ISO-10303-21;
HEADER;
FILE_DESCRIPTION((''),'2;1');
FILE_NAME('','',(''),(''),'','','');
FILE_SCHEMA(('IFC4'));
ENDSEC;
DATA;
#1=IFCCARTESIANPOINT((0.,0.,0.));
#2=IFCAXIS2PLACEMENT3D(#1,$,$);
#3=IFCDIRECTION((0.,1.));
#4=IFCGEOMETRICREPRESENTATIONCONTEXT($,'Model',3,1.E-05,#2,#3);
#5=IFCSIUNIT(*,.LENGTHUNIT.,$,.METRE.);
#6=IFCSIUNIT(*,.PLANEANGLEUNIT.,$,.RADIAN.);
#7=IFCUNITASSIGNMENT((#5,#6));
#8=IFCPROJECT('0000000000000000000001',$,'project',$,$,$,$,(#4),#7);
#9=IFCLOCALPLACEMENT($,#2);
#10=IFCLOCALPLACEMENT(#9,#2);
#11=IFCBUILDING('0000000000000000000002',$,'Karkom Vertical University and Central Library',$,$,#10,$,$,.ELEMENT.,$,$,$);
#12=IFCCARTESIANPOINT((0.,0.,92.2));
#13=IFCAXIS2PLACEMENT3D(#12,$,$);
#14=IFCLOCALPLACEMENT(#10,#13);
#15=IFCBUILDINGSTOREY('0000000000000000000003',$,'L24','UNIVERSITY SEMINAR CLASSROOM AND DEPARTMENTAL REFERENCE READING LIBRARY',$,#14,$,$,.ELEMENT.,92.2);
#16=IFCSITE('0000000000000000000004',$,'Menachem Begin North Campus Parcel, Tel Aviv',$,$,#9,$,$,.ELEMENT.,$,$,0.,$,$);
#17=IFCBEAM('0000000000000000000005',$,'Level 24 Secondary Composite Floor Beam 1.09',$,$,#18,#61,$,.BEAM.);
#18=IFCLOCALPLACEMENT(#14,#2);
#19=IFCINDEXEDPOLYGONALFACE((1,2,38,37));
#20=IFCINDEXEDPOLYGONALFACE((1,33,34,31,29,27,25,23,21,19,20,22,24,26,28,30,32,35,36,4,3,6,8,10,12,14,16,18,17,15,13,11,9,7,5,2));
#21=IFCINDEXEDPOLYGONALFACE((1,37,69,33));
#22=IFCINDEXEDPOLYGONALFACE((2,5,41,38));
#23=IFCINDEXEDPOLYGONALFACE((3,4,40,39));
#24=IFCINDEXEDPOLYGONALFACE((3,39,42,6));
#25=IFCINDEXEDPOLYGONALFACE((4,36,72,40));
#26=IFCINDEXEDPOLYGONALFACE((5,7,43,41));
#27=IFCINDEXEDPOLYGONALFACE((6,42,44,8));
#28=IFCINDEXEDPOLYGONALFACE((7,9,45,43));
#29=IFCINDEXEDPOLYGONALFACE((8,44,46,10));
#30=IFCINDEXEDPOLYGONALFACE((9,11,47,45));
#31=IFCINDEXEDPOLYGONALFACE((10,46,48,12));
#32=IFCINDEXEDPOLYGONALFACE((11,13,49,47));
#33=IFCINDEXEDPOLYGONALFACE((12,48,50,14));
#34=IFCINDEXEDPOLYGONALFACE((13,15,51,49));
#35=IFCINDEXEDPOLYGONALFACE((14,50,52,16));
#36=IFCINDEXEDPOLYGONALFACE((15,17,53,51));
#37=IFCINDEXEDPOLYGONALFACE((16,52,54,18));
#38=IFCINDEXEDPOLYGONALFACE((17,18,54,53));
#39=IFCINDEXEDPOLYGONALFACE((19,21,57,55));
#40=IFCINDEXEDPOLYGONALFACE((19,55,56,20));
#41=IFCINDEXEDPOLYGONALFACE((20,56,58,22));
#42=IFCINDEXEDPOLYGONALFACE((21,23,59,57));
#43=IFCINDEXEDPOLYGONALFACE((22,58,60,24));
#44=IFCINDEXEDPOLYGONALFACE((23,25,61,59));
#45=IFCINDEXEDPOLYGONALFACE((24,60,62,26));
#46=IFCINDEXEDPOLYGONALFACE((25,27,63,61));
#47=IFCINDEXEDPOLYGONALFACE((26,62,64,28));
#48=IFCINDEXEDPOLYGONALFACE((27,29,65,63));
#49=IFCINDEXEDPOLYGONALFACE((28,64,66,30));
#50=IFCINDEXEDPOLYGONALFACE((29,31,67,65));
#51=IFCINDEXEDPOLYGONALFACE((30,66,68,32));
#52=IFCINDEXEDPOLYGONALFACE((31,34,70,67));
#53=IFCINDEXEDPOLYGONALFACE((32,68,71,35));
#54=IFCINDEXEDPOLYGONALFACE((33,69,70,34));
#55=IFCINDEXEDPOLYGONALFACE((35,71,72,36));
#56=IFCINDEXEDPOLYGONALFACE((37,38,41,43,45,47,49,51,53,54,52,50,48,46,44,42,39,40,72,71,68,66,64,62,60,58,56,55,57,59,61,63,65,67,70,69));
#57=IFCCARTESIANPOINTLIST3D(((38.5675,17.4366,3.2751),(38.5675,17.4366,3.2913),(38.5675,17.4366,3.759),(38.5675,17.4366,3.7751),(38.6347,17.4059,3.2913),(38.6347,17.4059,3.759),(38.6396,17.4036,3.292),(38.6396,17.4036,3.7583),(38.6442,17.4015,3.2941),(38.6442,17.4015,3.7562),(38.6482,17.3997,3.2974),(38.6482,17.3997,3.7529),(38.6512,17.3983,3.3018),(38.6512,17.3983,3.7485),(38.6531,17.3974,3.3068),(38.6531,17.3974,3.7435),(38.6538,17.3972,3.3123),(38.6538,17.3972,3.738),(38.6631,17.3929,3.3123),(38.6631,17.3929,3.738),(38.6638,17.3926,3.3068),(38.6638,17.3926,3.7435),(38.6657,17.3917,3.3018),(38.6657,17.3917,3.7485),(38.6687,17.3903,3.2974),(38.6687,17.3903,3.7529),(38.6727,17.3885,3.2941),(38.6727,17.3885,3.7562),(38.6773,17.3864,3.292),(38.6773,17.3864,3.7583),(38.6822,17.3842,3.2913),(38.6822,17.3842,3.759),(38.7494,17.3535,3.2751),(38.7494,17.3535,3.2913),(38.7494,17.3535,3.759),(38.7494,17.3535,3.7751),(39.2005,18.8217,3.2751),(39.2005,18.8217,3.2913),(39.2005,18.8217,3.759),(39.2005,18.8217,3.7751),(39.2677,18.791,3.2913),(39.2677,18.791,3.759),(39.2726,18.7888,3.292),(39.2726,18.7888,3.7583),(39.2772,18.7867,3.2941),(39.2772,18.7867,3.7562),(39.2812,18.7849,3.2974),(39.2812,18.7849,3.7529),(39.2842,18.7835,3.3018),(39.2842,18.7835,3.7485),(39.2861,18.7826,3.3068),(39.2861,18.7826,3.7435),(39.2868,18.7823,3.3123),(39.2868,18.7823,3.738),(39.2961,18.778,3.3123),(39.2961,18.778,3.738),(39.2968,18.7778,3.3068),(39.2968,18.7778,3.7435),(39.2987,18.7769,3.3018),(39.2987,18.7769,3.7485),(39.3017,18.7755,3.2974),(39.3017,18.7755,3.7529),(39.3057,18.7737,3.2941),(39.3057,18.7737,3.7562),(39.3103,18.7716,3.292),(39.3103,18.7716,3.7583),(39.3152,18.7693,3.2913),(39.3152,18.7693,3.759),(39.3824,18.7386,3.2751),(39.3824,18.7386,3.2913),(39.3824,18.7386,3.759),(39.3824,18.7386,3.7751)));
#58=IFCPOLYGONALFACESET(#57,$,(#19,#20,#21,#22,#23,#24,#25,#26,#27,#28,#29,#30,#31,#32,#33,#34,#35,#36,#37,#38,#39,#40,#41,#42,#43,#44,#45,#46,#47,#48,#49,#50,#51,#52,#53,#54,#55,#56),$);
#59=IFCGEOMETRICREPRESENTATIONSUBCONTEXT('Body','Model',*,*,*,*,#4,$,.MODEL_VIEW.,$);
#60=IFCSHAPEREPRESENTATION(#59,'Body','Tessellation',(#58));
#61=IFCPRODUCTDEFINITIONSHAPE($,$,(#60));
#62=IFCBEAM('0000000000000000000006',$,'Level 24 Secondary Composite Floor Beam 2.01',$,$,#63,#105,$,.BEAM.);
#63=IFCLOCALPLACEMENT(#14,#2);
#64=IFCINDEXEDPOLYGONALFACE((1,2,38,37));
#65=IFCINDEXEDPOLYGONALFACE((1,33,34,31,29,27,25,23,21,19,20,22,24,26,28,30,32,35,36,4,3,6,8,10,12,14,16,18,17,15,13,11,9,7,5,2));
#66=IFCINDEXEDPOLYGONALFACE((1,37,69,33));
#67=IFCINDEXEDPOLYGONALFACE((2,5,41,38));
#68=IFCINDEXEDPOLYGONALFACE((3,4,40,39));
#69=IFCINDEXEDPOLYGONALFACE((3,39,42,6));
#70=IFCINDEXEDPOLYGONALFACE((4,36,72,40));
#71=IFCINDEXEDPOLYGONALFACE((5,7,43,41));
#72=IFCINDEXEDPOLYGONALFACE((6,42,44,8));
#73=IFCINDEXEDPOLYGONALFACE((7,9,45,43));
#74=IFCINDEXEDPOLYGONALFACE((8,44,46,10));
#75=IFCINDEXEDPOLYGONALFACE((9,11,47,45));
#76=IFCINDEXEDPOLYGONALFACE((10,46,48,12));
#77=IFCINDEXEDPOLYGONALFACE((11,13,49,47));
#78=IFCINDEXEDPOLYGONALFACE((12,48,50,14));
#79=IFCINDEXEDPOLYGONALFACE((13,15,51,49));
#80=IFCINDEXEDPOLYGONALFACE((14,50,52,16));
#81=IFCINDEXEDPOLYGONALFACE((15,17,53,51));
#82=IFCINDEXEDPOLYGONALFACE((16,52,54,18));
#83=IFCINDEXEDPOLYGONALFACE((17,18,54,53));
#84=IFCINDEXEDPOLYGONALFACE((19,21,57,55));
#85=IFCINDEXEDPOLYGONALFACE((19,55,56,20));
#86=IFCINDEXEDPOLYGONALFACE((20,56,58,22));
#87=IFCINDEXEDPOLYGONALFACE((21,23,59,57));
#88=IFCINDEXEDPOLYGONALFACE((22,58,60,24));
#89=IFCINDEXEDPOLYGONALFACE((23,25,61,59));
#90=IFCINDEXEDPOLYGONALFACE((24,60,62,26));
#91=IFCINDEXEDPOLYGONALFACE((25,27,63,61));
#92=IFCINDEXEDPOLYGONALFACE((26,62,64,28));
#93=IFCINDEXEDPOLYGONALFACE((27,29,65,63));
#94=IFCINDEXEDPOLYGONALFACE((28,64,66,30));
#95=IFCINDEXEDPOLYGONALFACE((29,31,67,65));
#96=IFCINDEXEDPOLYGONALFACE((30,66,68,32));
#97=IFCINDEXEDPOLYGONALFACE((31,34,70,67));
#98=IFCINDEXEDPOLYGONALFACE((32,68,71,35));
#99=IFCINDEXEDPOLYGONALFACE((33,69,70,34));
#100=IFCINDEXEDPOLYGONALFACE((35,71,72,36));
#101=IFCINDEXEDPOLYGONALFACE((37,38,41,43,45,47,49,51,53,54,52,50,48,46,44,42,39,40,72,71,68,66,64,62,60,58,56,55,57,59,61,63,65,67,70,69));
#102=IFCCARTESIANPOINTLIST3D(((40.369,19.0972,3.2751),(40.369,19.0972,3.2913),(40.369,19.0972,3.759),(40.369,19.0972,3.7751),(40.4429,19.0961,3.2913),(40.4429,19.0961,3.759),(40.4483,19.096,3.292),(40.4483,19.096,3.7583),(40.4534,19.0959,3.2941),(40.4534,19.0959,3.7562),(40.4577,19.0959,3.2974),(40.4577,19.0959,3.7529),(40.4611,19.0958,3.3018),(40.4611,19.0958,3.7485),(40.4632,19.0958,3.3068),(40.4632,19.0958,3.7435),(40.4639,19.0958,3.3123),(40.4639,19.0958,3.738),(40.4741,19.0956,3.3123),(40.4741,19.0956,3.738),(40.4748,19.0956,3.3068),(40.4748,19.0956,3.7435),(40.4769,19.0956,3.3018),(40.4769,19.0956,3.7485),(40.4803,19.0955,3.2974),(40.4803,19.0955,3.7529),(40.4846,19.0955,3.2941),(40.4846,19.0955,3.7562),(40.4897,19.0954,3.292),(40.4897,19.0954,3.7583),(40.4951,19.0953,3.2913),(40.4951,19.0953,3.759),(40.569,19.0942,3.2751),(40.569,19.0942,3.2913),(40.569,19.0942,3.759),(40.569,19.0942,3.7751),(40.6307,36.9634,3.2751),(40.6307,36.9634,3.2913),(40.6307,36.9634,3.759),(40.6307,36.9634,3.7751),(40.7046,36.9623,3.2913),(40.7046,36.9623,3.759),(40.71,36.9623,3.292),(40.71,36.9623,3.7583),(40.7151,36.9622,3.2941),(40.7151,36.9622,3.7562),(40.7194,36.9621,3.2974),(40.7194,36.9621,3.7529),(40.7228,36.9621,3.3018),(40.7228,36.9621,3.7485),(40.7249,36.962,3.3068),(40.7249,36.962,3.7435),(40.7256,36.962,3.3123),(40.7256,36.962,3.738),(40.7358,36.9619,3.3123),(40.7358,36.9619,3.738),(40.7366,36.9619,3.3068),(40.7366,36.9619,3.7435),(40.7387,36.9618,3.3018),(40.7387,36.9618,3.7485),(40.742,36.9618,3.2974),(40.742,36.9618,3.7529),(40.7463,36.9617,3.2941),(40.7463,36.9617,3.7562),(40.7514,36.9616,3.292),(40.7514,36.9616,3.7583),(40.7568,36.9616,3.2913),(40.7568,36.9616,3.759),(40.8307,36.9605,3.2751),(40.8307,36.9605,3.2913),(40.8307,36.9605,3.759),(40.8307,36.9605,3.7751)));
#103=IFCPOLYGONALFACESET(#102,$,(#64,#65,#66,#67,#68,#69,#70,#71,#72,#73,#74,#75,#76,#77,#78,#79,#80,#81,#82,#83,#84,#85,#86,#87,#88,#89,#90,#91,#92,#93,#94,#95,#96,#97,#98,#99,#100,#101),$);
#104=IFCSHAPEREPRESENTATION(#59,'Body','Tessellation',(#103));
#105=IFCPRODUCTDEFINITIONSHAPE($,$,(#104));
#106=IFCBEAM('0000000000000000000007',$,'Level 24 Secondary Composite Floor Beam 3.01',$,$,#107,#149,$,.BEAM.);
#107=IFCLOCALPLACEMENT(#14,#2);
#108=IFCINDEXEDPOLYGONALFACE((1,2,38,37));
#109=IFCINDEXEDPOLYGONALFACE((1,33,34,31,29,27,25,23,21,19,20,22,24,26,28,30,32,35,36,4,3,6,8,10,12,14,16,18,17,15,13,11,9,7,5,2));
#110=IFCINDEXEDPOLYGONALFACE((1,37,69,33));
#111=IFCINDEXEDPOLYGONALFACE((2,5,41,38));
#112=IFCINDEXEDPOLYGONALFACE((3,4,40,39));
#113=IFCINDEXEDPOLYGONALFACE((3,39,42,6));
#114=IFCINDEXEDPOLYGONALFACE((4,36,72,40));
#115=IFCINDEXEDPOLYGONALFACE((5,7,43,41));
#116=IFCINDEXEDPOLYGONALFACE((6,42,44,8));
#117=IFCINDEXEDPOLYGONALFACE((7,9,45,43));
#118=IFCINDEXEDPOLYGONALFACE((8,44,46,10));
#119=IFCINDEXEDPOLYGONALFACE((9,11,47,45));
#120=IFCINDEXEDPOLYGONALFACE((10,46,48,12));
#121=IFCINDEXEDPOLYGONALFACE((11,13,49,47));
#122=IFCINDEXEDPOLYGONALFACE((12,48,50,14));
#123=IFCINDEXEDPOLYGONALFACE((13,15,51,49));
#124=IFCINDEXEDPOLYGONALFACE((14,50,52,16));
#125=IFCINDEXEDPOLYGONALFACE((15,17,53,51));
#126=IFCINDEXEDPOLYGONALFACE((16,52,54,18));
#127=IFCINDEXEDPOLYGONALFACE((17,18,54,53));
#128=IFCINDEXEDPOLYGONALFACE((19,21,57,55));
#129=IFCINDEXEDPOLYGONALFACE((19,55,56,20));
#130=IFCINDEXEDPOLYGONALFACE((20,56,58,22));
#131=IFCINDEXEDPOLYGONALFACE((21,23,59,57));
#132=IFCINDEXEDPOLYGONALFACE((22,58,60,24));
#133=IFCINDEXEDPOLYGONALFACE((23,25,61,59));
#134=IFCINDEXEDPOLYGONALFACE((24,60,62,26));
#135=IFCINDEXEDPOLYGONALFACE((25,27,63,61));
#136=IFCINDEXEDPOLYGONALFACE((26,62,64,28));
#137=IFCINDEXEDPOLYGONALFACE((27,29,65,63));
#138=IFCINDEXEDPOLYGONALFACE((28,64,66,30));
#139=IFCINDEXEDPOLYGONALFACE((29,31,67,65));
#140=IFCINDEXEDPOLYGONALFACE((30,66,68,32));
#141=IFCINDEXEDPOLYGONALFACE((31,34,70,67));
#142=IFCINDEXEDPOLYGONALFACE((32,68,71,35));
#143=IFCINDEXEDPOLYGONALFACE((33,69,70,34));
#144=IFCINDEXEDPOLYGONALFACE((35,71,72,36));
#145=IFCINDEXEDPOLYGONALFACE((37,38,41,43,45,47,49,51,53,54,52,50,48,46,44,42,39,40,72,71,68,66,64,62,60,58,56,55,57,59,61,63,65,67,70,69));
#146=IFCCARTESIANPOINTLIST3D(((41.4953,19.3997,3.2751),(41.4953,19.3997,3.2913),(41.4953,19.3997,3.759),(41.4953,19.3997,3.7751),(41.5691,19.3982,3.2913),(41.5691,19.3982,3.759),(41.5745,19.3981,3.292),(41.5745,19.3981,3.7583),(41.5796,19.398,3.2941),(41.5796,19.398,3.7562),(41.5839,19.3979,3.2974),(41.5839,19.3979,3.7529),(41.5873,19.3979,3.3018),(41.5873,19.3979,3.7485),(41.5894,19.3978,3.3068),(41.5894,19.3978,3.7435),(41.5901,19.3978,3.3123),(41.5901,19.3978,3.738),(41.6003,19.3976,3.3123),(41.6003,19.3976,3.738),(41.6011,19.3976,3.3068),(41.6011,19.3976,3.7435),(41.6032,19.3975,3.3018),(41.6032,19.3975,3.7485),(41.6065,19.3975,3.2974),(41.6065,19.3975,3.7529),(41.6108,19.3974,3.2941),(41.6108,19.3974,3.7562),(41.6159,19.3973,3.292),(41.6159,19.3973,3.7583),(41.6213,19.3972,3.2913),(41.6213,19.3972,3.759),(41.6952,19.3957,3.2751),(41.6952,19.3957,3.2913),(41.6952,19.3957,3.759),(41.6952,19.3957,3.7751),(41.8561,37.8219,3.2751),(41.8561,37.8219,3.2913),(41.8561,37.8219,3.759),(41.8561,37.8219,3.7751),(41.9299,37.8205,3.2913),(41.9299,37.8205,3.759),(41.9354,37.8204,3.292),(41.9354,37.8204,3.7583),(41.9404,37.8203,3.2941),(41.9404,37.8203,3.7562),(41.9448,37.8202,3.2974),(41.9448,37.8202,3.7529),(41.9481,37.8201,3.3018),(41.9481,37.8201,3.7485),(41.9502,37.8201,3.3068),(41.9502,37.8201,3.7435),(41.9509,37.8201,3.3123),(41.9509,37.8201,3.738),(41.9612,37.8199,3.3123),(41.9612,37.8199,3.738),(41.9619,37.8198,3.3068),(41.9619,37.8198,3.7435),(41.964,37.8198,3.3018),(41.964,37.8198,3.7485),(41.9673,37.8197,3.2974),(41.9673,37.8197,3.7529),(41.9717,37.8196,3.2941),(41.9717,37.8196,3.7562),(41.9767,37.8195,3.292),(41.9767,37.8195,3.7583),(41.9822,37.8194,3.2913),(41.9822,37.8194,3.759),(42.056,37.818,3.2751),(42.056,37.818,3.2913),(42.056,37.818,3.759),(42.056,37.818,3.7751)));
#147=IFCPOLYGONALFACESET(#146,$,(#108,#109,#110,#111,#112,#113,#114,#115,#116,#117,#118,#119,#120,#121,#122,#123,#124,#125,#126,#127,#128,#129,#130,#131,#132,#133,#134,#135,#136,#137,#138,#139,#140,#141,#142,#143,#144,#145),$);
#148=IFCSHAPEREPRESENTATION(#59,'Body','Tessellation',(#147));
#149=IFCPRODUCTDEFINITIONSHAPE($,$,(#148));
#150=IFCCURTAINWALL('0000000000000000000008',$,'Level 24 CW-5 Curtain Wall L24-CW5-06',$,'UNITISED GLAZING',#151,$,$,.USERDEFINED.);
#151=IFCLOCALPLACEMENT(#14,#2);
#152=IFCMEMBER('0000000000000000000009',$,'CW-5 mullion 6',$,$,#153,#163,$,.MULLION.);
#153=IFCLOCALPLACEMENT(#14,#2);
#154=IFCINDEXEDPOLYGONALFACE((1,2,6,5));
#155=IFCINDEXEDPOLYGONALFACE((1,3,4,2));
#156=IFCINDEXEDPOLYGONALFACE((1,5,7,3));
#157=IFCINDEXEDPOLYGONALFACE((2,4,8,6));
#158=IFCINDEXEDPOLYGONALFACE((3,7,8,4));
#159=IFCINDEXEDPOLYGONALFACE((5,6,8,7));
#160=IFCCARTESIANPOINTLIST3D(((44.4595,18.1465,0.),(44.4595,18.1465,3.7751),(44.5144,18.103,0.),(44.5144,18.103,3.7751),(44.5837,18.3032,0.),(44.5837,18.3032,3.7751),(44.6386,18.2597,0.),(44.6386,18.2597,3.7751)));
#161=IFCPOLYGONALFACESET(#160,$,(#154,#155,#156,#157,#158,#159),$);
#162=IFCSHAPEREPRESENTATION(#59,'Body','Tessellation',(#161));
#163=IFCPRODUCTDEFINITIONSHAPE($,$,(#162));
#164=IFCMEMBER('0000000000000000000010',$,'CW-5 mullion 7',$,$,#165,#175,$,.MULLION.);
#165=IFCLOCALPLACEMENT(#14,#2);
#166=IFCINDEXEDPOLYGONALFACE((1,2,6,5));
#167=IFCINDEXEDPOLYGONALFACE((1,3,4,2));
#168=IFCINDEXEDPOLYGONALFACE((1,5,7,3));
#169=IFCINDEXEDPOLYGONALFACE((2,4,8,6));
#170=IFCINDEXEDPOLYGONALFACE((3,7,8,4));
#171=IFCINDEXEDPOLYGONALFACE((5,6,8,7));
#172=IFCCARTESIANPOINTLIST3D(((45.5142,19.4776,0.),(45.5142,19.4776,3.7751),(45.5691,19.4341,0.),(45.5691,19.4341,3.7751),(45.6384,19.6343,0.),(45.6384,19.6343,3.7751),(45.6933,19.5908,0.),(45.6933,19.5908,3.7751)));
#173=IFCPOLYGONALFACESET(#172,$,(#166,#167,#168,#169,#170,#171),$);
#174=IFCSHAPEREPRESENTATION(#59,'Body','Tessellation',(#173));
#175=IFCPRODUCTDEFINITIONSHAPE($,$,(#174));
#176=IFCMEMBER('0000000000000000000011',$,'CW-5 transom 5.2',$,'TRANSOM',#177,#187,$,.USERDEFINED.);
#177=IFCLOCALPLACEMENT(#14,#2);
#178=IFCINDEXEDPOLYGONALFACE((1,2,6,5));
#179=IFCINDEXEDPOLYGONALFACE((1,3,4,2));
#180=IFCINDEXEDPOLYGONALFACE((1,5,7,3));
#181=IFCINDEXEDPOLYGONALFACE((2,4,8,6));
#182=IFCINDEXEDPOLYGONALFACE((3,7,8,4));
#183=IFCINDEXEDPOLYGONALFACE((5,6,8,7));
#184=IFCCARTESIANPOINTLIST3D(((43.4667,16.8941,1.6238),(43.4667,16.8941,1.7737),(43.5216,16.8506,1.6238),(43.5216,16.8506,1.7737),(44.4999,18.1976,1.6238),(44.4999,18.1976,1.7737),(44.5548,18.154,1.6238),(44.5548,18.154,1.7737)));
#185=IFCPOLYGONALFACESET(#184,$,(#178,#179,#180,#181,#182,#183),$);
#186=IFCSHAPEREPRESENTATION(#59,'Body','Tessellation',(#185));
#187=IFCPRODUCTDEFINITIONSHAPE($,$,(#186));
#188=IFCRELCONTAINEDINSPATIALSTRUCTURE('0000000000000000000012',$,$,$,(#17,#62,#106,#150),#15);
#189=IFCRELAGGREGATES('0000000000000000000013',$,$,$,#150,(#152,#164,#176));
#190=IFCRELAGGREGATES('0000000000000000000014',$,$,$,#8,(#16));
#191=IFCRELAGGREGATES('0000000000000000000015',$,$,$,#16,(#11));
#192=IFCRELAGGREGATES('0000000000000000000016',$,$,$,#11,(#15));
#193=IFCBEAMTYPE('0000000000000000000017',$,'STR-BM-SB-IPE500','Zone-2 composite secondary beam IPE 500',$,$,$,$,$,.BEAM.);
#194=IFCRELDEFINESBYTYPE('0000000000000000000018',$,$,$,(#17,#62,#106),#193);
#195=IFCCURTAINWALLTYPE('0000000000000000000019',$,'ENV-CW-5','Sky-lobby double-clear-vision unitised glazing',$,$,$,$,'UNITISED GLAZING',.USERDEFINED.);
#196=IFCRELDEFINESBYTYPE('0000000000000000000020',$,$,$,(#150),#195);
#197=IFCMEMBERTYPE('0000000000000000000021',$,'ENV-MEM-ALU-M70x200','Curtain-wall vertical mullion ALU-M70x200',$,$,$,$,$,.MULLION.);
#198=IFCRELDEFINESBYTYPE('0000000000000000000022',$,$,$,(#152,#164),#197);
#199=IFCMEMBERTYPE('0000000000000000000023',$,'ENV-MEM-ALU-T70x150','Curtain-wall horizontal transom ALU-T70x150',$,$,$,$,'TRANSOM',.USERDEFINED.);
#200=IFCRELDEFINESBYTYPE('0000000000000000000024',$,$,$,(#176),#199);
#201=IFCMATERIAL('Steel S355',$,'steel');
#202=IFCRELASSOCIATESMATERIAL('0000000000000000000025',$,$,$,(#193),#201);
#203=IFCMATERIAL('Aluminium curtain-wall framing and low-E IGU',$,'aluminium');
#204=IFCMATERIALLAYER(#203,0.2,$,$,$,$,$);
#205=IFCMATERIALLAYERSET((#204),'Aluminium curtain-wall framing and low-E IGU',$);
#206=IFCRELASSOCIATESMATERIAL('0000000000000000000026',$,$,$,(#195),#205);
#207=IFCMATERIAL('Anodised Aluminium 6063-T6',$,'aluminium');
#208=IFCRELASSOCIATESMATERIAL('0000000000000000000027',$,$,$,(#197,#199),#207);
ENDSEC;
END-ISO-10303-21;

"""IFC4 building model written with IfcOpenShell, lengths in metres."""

from ifc_helpers import new_model, si_unit, direction, frame, origin, origin_with_axes, origin_2d, place, context, subcontext, project, spatial, rectangle, i_section, extrude, source, transform, mapped, material, layer, layer_set, material_profile, profile_set, type_object, element, aggregate, save


model = new_model("IFC4")

# Units and contexts
model_context = context("Model", 3, precision=1e-05, world=origin(), true_north=direction((0.0, 1.0)))
body_context = subcontext(model_context, "Body", "Model", "MODEL_VIEW")
ifc_project = project(units=[si_unit("LENGTHUNIT", "METRE"), si_unit("PLANEANGLEUNIT", "RADIAN")], contexts=[model_context])

# Site, building, storey
site_placement = place(None, origin())
site = spatial("IfcSite", under=ifc_project, at=site_placement, Name="Menachem Begin North Campus Parcel, Tel Aviv", CompositionType="ELEMENT", RefElevation=0.0)
building_placement = place(site_placement, origin())
building = spatial("IfcBuilding", under=site, at=building_placement, Name="Karkom Vertical University and Central Library", CompositionType="ELEMENT")
storey_placement = place(building_placement, frame((0.0, 0.0, 92.2)))
storey = spatial("IfcBuildingStorey", under=building, at=storey_placement, Name="L24", Description="UNIVERSITY SEMINAR CLASSROOM AND DEPARTMENTAL REFERENCE READING LIBRARY", CompositionType="ELEMENT", Elevation=92.2)

# Beams
ifc_material_1 = material(Name="Steel S355", Category="steel")
ifc_material_profile_1 = material_profile(ifc_material_1, i_section(OverallWidth=0.2, OverallDepth=0.5, WebThickness=0.0103, FlangeThickness=0.0161, FilletRadius=0.021, at=origin_2d()), Name="IPE 500")
ifc_profile_set_1 = profile_set([ifc_material_profile_1], Name="Steel S355")
beam_type_1 = type_object("IfcBeamType", Name="STR-BM-SB-IPE500", Description="Zone-2 composite secondary beam IPE 500", PredefinedType="BEAM", material=ifc_profile_set_1)
shared_shape_1 = source(origin_with_axes(), body_context, "Body", "SweptSolid", [
    extrude(i_section(OverallWidth=0.2, OverallDepth=0.5, WebThickness=0.0103, FlangeThickness=0.0161, FilletRadius=0.021, at=origin_2d()), origin(), (0.0, 0.0, 1.0), 1.5229),
])
beam_1_placement = place(storey_placement, frame((38.6584, 17.395, 3.5251), z_axis=(0.41565, 0.909525, 0.0), x_axis=(-0.909525, 0.41565, 0.0)))
element("IfcBeam", 1, at=beam_1_placement, inside=storey, type_object=beam_type_1, Name="Level 24 Secondary Composite Floor Beam 1.09", PredefinedType="BEAM", context=body_context, shape_type="MappedRepresentation", body=[
    mapped(shared_shape_1, transform((0.0, 0.0, 0.0), scale=1.0)),
])
shared_shape_2 = source(origin_with_axes(), body_context, "Body", "SweptSolid", [
    extrude(i_section(OverallWidth=0.2, OverallDepth=0.5, WebThickness=0.0103, FlangeThickness=0.0161, FilletRadius=0.021, at=origin_2d()), origin(), (0.0, 0.0, 1.0), 17.8682),
])
beam_2_placement = place(storey_placement, frame((40.469, 19.0957, 3.5251), z_axis=(0.014647, 0.999893, 0.0), x_axis=(-0.999893, 0.014647, 0.0)))
element("IfcBeam", 2, at=beam_2_placement, inside=storey, type_object=beam_type_1, Name="Level 24 Secondary Composite Floor Beam 2.01", PredefinedType="BEAM", context=body_context, shape_type="MappedRepresentation", body=[
    mapped(shared_shape_2, transform((0.0, 0.0, 0.0), scale=1.0)),
])
shared_shape_3 = source(origin_with_axes(), body_context, "Body", "SweptSolid", [
    extrude(i_section(OverallWidth=0.2, OverallDepth=0.5, WebThickness=0.0103, FlangeThickness=0.0161, FilletRadius=0.021, at=origin_2d()), origin(), (0.0, 0.0, 1.0), 18.4258),
])
beam_3_placement = place(storey_placement, frame((41.5952, 19.3977, 3.5251), z_axis=(0.019583, 0.999808, 0.0), x_axis=(-0.999808, 0.019583, 0.0)))
element("IfcBeam", 3, at=beam_3_placement, inside=storey, type_object=beam_type_1, Name="Level 24 Secondary Composite Floor Beam 3.01", PredefinedType="BEAM", context=body_context, shape_type="MappedRepresentation", body=[
    mapped(shared_shape_3, transform((0.0, 0.0, 0.0), scale=1.0)),
])

# Curtain wall, members
ifc_material_2 = material(Name="Aluminium curtain-wall framing and low-E IGU", Category="aluminium")
ifc_layer_1 = layer(ifc_material_2, 0.2)
ifc_layer_set_1 = layer_set([ifc_layer_1], Name="Aluminium curtain-wall framing and low-E IGU")
curtain_wall_type = type_object("IfcCurtainWallType", Name="ENV-CW-5", Description="Sky-lobby double-clear-vision unitised glazing", ElementType="UNITISED GLAZING", PredefinedType="USERDEFINED", material=ifc_layer_set_1)
curtain_wall_placement = place(storey_placement, origin())
curtain_wall = element("IfcCurtainWall", 4, at=curtain_wall_placement, inside=storey, type_object=curtain_wall_type, Name="Level 24 CW-5 Curtain Wall L24-CW5-06", ObjectType="UNITISED GLAZING", PredefinedType="USERDEFINED")
ifc_material_3 = material(Name="Anodised Aluminium 6063-T6", Category="aluminium")
ifc_material_profile_2 = material_profile(ifc_material_3, rectangle(XDim=0.0701, YDim=0.2, at=origin_2d()), Name="ALU-M70x200")
ifc_profile_set_2 = profile_set([ifc_material_profile_2], Name="Anodised Aluminium 6063-T6")
member_type_1 = type_object("IfcMemberType", Name="ENV-MEM-ALU-M70x200", Description="Curtain-wall vertical mullion ALU-M70x200", PredefinedType="MULLION", material=ifc_profile_set_2)
shared_shape_4 = source(origin_with_axes(), body_context, "Body", "SweptSolid", [
    extrude(rectangle(XDim=0.0701, YDim=0.2, at=origin_2d()), origin(), (0.0, 0.0, 1.0), 3.7751),
])
member_1_placement = place(storey_placement, frame((44.5491, 18.2031, 0.0), z_axis=(0.0, 0.0, 1.0), x_axis=(-0.783696, 0.621145, 0.0)))
member_1 = element("IfcMember", 5, at=member_1_placement, type_object=member_type_1, Name="CW-5 mullion 6", PredefinedType="MULLION", context=body_context, shape_type="MappedRepresentation", body=[
    mapped(shared_shape_4, transform((0.0, 0.0, 0.0), scale=1.0)),
])
member_2_placement = place(storey_placement, frame((45.6038, 19.5342, 0.0), z_axis=(0.0, 0.0, 1.0), x_axis=(-0.783696, 0.621145, 0.0)))
member_2 = element("IfcMember", 6, at=member_2_placement, type_object=member_type_1, Name="CW-5 mullion 7", PredefinedType="MULLION", context=body_context, shape_type="MappedRepresentation", body=[
    mapped(shared_shape_4, transform((0.0, 0.0, 0.0), scale=1.0)),
])
ifc_material_profile_3 = material_profile(ifc_material_3, rectangle(XDim=0.0701, YDim=0.1499, at=origin_2d()), Name="ALU-T70x150")
ifc_profile_set_3 = profile_set([ifc_material_profile_3], Name="Anodised Aluminium 6063-T6")
member_type_2 = type_object("IfcMemberType", Name="ENV-MEM-ALU-T70x150", Description="Curtain-wall horizontal transom ALU-T70x150", ElementType="TRANSOM", PredefinedType="USERDEFINED", material=ifc_profile_set_3)
shared_shape_5 = source(origin_with_axes(), body_context, "Body", "SweptSolid", [
    extrude(rectangle(XDim=0.0701, YDim=0.1499, at=origin_2d()), origin(), (0.0, 0.0, 1.0), 1.6633),
])
member_3_placement = place(storey_placement, frame((43.4941, 16.8723, 1.6987), z_axis=(0.62118, 0.783668, 0.0), x_axis=(-0.783668, 0.62118, 0.0)))
member_3 = element("IfcMember", 7, at=member_3_placement, type_object=member_type_2, Name="CW-5 transom 5.2", ObjectType="TRANSOM", PredefinedType="USERDEFINED", context=body_context, shape_type="MappedRepresentation", body=[
    mapped(shared_shape_5, transform((0.0, 0.0, 0.0), scale=1.0)),
])
aggregate(curtain_wall, [member_1, member_2, member_3])

save(model, "model.ifc")
